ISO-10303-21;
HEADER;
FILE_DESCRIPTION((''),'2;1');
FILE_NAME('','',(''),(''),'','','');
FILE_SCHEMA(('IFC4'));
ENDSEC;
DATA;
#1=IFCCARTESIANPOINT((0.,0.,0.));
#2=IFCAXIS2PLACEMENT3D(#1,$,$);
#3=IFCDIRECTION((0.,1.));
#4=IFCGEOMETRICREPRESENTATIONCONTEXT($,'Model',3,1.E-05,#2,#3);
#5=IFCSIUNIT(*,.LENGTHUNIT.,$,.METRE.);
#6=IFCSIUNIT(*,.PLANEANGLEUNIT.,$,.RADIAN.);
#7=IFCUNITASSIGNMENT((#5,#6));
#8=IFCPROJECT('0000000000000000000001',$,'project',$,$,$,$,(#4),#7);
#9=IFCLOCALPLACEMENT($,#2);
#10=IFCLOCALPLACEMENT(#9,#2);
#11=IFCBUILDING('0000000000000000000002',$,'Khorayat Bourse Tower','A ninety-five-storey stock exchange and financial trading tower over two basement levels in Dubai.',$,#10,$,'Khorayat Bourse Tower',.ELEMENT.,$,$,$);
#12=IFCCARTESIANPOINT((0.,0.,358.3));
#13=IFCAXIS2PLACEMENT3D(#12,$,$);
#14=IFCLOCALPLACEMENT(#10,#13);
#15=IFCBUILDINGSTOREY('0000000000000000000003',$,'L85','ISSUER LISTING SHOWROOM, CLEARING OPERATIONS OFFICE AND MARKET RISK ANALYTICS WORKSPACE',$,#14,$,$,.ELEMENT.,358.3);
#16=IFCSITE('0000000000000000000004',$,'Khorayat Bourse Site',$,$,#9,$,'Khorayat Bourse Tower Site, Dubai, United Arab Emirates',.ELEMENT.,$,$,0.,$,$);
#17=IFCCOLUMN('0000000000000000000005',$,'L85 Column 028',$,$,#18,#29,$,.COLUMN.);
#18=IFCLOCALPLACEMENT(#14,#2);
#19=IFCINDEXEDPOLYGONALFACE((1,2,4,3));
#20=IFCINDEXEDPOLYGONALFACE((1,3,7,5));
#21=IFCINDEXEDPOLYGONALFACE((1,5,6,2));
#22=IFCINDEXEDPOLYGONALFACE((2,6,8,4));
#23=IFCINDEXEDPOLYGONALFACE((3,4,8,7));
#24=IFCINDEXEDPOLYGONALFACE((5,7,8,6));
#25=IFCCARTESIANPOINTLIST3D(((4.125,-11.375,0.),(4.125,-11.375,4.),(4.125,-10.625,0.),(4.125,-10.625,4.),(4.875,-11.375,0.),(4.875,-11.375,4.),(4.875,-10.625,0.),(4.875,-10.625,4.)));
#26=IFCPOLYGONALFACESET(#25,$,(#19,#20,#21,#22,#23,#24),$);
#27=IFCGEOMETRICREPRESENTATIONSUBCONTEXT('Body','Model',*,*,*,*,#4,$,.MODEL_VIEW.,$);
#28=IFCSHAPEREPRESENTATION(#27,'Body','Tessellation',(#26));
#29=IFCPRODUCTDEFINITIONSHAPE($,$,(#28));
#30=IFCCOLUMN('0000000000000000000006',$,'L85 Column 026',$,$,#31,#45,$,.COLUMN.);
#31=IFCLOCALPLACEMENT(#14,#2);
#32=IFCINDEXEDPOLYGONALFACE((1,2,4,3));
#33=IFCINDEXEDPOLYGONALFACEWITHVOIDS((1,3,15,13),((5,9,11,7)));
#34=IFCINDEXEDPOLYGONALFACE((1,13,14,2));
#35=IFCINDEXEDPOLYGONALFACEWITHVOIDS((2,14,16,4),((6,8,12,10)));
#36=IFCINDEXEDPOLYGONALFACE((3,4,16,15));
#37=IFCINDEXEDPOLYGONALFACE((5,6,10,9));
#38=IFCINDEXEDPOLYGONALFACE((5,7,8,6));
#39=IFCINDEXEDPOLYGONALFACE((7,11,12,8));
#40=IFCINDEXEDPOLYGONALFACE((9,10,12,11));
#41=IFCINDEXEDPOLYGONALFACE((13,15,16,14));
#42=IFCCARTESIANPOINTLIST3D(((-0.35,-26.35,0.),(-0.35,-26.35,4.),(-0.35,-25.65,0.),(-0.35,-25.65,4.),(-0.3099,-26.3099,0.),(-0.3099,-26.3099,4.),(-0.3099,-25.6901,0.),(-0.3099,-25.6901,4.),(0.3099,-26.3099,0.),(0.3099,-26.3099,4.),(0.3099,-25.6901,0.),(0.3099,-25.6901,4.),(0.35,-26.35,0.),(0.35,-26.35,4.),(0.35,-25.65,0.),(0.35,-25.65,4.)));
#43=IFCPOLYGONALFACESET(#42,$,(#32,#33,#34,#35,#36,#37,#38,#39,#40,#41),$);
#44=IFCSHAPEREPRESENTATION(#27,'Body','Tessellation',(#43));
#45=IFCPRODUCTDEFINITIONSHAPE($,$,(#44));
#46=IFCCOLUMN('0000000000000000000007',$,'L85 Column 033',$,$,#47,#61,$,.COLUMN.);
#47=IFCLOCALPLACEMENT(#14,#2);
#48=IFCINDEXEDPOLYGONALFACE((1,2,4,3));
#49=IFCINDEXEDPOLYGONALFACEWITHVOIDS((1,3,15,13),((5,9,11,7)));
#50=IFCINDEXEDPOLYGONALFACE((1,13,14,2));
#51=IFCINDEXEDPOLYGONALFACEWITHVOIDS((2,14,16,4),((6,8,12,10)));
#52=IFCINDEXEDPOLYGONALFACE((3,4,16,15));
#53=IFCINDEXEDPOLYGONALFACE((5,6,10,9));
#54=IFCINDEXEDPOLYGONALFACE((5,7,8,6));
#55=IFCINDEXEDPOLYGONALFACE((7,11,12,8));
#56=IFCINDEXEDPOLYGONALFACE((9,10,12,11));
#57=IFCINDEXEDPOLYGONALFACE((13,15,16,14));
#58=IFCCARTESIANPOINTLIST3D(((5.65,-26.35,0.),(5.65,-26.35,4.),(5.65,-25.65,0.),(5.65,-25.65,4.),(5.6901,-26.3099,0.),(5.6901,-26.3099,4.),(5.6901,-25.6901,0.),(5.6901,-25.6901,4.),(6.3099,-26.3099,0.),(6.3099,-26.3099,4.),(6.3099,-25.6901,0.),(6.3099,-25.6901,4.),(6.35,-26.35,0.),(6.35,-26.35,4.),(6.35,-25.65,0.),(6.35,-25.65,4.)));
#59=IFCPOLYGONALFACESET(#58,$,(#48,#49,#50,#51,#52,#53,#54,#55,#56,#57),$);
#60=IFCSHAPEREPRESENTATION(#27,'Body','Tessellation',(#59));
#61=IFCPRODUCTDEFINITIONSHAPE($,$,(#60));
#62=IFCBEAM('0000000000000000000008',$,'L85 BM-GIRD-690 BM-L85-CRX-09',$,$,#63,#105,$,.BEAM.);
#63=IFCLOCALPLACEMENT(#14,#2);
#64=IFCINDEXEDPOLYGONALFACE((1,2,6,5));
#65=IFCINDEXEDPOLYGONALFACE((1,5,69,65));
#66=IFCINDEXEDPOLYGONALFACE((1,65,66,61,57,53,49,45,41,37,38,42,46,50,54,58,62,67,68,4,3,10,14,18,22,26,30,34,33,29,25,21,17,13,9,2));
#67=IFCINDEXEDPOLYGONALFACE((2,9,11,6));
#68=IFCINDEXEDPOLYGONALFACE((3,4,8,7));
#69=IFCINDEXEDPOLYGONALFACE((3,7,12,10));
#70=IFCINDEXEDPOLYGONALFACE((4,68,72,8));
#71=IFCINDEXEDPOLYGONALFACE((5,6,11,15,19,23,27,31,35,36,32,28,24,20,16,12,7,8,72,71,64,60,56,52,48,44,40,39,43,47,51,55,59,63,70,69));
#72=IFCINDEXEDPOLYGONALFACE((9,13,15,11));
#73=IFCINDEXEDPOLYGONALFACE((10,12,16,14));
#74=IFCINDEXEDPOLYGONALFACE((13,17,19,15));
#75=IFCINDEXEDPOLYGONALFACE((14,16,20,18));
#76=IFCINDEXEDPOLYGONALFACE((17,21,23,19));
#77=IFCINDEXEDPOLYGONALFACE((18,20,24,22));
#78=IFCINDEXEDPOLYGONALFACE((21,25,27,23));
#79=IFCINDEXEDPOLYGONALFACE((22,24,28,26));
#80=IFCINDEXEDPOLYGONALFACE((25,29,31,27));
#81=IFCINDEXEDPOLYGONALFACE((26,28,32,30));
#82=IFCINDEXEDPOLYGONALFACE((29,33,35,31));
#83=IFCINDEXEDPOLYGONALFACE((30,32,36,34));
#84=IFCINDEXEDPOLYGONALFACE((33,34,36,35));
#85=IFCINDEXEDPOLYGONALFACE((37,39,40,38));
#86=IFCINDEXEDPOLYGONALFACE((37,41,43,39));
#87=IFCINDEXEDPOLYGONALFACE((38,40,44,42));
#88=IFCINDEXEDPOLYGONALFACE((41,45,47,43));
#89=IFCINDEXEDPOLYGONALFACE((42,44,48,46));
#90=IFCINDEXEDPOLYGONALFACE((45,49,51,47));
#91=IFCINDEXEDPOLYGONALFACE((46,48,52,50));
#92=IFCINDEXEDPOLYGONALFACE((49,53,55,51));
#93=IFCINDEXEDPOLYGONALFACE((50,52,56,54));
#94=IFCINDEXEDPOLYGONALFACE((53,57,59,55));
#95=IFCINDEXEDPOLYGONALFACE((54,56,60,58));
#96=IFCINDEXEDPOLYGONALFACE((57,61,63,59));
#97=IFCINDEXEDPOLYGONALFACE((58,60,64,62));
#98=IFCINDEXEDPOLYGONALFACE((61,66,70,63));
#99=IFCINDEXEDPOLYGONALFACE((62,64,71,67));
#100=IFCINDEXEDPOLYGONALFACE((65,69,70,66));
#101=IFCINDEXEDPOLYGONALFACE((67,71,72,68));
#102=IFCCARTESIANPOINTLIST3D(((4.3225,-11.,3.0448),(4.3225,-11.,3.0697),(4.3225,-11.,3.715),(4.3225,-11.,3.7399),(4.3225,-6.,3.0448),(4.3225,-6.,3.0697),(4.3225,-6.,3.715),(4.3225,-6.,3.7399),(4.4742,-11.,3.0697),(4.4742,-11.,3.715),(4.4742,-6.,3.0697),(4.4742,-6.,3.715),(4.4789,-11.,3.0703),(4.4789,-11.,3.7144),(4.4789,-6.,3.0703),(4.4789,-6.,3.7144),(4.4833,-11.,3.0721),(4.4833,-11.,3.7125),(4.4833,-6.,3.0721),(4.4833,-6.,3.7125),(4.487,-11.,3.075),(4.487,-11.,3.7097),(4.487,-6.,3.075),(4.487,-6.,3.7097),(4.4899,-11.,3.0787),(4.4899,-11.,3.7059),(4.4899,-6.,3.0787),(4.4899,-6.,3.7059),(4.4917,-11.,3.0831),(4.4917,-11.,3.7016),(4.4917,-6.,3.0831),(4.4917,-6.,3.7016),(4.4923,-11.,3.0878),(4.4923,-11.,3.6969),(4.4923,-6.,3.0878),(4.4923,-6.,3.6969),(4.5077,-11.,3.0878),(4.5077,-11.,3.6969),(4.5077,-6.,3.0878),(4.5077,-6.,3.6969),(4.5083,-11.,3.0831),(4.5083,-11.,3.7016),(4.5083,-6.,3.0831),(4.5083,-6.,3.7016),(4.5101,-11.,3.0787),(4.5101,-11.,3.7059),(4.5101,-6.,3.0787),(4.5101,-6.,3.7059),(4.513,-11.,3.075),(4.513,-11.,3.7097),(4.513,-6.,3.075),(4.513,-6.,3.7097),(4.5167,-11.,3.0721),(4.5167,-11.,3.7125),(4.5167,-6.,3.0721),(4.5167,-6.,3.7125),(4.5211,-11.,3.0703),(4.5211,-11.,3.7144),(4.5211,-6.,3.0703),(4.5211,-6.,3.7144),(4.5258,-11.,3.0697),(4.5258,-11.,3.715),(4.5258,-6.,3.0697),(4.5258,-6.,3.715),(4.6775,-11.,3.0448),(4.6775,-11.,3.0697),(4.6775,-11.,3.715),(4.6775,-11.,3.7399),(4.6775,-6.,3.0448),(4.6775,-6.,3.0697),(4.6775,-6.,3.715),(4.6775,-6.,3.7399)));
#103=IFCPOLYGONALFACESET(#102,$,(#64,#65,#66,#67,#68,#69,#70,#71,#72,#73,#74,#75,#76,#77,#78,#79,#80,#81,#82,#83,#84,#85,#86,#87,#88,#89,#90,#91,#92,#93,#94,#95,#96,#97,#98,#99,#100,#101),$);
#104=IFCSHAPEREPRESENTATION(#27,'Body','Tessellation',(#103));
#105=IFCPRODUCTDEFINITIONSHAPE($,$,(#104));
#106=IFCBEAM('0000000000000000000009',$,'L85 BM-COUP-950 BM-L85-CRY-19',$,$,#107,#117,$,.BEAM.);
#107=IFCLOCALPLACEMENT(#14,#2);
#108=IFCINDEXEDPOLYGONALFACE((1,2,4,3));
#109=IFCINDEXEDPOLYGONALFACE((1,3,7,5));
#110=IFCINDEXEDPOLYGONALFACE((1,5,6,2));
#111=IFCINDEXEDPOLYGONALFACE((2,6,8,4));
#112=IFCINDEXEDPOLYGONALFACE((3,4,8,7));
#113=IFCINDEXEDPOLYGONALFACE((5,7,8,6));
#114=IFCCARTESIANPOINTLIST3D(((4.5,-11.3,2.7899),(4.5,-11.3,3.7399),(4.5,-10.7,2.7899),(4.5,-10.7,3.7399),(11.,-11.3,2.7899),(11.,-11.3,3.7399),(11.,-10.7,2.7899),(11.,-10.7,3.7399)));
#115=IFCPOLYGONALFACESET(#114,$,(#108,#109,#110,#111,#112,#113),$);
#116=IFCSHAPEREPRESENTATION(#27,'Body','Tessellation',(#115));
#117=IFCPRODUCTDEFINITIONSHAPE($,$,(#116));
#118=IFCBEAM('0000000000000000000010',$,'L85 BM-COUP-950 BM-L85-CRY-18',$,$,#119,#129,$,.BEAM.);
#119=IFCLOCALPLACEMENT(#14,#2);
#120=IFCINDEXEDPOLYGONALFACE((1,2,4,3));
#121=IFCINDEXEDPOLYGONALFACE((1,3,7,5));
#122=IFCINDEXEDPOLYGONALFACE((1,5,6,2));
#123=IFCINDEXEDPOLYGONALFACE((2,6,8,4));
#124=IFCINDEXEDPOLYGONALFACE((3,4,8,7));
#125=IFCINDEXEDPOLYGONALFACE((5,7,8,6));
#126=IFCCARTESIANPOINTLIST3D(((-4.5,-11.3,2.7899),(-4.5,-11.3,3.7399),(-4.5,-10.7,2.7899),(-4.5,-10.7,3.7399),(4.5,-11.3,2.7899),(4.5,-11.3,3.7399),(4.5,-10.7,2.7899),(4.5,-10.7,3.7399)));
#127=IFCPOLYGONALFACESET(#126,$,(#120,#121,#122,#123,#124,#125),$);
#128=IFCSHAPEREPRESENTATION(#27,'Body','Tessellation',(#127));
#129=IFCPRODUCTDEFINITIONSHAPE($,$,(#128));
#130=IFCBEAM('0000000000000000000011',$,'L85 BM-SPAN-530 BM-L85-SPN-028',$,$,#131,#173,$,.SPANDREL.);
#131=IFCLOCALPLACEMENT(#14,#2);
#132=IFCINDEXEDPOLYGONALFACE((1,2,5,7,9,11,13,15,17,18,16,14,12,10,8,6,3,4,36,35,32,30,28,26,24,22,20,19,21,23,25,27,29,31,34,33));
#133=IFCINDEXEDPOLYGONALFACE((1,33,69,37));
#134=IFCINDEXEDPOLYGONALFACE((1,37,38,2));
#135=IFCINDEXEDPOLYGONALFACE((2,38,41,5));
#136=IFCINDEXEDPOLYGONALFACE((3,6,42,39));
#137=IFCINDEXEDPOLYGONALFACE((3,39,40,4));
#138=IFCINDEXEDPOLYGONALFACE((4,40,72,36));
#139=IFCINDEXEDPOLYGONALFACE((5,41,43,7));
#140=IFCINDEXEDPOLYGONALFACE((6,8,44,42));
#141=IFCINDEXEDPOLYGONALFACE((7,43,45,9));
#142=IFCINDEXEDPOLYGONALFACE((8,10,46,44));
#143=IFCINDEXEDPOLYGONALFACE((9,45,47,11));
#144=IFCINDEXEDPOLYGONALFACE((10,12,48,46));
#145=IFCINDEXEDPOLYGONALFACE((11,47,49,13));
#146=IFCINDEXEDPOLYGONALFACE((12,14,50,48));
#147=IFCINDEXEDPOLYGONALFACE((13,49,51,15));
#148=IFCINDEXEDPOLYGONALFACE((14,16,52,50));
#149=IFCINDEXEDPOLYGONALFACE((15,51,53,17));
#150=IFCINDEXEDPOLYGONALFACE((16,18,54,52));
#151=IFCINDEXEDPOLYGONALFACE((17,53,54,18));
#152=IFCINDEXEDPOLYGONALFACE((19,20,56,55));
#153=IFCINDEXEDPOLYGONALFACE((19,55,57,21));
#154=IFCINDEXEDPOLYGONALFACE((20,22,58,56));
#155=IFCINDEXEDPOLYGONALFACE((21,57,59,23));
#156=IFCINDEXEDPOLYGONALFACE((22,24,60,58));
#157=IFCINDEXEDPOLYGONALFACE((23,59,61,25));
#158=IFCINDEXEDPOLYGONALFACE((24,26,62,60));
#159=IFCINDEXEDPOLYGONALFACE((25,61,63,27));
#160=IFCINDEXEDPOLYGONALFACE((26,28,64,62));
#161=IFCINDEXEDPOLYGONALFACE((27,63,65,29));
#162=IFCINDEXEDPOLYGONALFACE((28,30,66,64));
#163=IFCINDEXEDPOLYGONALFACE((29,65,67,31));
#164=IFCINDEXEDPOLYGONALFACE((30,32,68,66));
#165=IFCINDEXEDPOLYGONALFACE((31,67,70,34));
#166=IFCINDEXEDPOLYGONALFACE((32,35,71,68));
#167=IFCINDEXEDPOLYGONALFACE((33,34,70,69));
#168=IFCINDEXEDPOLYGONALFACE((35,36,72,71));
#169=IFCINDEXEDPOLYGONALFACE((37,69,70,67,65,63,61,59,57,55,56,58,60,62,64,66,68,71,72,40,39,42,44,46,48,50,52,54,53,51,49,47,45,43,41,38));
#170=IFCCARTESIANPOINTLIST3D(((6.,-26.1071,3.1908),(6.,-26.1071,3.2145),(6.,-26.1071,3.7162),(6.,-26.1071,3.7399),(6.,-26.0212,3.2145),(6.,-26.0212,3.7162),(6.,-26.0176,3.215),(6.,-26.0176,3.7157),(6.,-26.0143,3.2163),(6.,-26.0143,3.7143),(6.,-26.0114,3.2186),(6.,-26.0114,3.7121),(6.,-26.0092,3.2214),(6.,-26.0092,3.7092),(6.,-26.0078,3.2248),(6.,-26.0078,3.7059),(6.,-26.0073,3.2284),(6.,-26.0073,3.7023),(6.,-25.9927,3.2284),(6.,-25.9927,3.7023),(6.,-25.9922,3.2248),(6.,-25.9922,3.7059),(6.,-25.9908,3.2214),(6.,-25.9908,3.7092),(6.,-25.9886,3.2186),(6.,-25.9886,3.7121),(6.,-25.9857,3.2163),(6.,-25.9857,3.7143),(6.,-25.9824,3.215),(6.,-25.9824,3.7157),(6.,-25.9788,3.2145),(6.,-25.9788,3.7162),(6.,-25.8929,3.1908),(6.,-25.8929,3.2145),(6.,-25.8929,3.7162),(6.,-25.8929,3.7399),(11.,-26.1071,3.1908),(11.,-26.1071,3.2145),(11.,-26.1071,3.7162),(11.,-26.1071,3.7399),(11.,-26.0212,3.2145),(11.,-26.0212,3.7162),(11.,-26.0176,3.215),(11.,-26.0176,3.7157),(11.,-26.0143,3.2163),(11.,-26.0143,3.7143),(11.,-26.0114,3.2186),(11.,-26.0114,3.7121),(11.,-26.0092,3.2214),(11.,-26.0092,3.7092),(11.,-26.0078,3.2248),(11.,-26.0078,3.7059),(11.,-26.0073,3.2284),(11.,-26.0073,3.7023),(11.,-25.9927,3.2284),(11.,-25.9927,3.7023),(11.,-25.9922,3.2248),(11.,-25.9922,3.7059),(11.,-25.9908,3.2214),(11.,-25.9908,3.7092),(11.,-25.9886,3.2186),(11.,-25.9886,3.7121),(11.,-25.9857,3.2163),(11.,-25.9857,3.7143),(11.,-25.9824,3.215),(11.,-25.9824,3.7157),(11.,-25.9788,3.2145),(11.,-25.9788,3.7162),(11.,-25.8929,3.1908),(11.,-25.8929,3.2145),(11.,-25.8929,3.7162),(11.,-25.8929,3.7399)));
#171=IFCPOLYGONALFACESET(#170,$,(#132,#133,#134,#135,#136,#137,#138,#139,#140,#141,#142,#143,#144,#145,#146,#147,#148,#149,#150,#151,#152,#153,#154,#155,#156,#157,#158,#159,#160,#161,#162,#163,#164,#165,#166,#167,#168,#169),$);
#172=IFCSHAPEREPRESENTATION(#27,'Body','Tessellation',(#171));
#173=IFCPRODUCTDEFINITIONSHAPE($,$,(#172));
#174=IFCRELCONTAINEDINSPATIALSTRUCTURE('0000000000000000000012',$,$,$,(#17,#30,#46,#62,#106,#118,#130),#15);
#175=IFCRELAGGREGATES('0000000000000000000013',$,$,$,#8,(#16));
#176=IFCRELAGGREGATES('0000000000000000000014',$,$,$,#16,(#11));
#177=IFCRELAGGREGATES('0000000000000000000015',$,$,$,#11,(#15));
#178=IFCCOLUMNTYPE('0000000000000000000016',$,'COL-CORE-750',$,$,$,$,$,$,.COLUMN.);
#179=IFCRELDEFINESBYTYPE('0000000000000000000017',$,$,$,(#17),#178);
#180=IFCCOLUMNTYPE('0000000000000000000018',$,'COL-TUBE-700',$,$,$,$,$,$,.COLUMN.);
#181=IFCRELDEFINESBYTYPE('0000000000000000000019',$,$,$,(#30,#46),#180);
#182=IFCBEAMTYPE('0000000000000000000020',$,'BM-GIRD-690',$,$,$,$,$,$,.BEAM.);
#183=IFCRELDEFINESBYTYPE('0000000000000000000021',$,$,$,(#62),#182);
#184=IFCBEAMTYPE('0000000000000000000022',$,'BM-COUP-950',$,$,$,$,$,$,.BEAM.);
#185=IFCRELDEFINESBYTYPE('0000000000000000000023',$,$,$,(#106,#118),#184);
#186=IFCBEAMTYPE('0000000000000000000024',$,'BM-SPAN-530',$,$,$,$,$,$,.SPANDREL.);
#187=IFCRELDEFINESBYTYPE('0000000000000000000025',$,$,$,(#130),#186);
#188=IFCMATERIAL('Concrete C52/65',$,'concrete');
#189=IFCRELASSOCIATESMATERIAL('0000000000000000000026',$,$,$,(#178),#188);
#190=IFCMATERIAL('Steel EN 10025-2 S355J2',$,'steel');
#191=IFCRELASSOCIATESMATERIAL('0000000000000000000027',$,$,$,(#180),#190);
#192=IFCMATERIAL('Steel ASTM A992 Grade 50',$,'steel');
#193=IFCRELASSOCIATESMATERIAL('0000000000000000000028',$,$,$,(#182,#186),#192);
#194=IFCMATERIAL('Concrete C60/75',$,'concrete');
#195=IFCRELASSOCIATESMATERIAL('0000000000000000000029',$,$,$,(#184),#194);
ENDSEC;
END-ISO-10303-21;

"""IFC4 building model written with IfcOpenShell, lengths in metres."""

from ifc_helpers import new_model, si_unit, direction, frame, origin, origin_2d, place, context, subcontext, project, spatial, rectangle, hollow_rectangle, i_section, extrude, source, transform, mapped, material, material_profile, profile_set, type_object, element, save


model = new_model("IFC4")

# Units and contexts
model_context = context("Model", 3, precision=1e-05, world=origin(), true_north=direction((0.0, 1.0)))
body_context = subcontext(model_context, "Body", "Model", "MODEL_VIEW")
ifc_project = project(units=[si_unit("LENGTHUNIT", "METRE"), si_unit("PLANEANGLEUNIT", "RADIAN")], contexts=[model_context])

# Site, building, storey
site_placement = place(None, origin())
site = spatial("IfcSite", under=ifc_project, at=site_placement, Name="Khorayat Bourse Site", LongName="Khorayat Bourse Tower Site, Dubai, United Arab Emirates", CompositionType="ELEMENT", RefElevation=0.0)
building_placement = place(site_placement, origin())
building = spatial("IfcBuilding", under=site, at=building_placement, Name="Khorayat Bourse Tower", Description="A ninety-five-storey stock exchange and financial trading tower over two basement levels in Dubai.", LongName="Khorayat Bourse Tower", CompositionType="ELEMENT")
storey_placement = place(building_placement, frame((0.0, 0.0, 358.3)))
storey = spatial("IfcBuildingStorey", under=building, at=storey_placement, Name="L85", Description="ISSUER LISTING SHOWROOM, CLEARING OPERATIONS OFFICE AND MARKET RISK ANALYTICS WORKSPACE", CompositionType="ELEMENT", Elevation=358.3)

# Columns
ifc_material_1 = material(Name="Concrete C52/65", Category="concrete")
ifc_material_profile_1 = material_profile(ifc_material_1, rectangle(XDim=0.75, YDim=0.75, at=origin_2d()), Name="RC 750x750")
ifc_profile_set_1 = profile_set([ifc_material_profile_1], Name="Concrete C52/65")
column_type_1 = type_object("IfcColumnType", Name="COL-CORE-750", PredefinedType="COLUMN", material=ifc_profile_set_1)
shared_shape_1 = source(origin(), body_context, "Body", "SweptSolid", [
    extrude(rectangle(XDim=0.75, YDim=0.75, at=origin_2d()), origin(), (0.0, 0.0, 1.0), 4.0),
])
column_placement = place(storey_placement, frame((4.5, -11.0, 0.0), z_axis=(0.0, 0.0, 1.0), x_axis=(1.0, 0.0, 0.0)))
element("IfcColumn", 1, at=column_placement, inside=storey, type_object=column_type_1, Name="L85 Column 028", PredefinedType="COLUMN", context=body_context, shape_type="MappedRepresentation", body=[
    mapped(shared_shape_1, transform((0.0, 0.0, 0.0), scale=1.0)),
])
ifc_material_2 = material(Name="Steel EN 10025-2 S355J2", Category="steel")
ifc_material_profile_2 = material_profile(ifc_material_2, hollow_rectangle(XDim=0.7, YDim=0.7, WallThickness=0.04, at=origin_2d()), Name="BOX 700x700x40")
ifc_profile_set_2 = profile_set([ifc_material_profile_2], Name="Steel EN 10025-2 S355J2")
column_type_2 = type_object("IfcColumnType", Name="COL-TUBE-700", PredefinedType="COLUMN", material=ifc_profile_set_2)
shared_shape_2 = source(origin(), body_context, "Body", "SweptSolid", [
    extrude(hollow_rectangle(XDim=0.7, YDim=0.7, WallThickness=0.04, at=origin_2d()), origin(), (0.0, 0.0, 1.0), 4.0),
])
for number, where, z_axis, x_axis, name in (
    (2, (0.0, -26.0, 0.0), (0.0, 0.0, 1.0), (1.0, 0.0, 0.0), "L85 Column 026"),
    (3, (6.0, -26.0, 0.0), (0.0, 0.0, 1.0), (1.0, 0.0, 0.0), "L85 Column 033"),
):
    element("IfcColumn", number, at=place(storey_placement, frame(where, z_axis=z_axis, x_axis=x_axis)), inside=storey, type_object=column_type_2, Name=name, PredefinedType="COLUMN", context=body_context, shape_type="MappedRepresentation", body=[
        mapped(shared_shape_2, transform((0.0, 0.0, 0.0), scale=1.0)),
    ])

# Beams
ifc_material_3 = material(Name="Steel ASTM A992 Grade 50", Category="steel")
ifc_material_profile_3 = material_profile(ifc_material_3, i_section(OverallWidth=0.355, OverallDepth=0.6951, WebThickness=0.0154, FlangeThickness=0.0249, FilletRadius=0.0181, at=origin_2d()), Name="W690X217")
ifc_profile_set_3 = profile_set([ifc_material_profile_3], Name="Steel ASTM A992 Grade 50")
beam_type_1 = type_object("IfcBeamType", Name="BM-GIRD-690", PredefinedType="BEAM", material=ifc_profile_set_3)
shared_shape_3 = source(origin(), body_context, "Body", "SweptSolid", [
    extrude(i_section(OverallWidth=0.355, OverallDepth=0.6951, WebThickness=0.0154, FlangeThickness=0.0249, FilletRadius=0.0181, at=origin_2d()), origin(), (0.0, 0.0, 1.0), 5.0),
])
beam_1_placement = place(storey_placement, frame((4.5, -11.0, 3.3923), z_axis=(0.0, 1.0, 0.0), x_axis=(-1.0, 0.0, 0.0)))
element("IfcBeam", 4, at=beam_1_placement, inside=storey, type_object=beam_type_1, Name="L85 BM-GIRD-690 BM-L85-CRX-09", PredefinedType="BEAM", context=body_context, shape_type="MappedRepresentation", body=[
    mapped(shared_shape_3, transform((0.0, 0.0, 0.0), scale=1.0)),
])
ifc_material_4 = material(Name="Concrete C60/75", Category="concrete")
ifc_material_profile_4 = material_profile(ifc_material_4, rectangle(XDim=0.6001, YDim=0.95, at=origin_2d()), Name="RC 600x950")
ifc_profile_set_4 = profile_set([ifc_material_profile_4], Name="Concrete C60/75")
beam_type_2 = type_object("IfcBeamType", Name="BM-COUP-950", PredefinedType="BEAM", material=ifc_profile_set_4)
shared_shape_4 = source(origin(), body_context, "Body", "SweptSolid", [
    extrude(rectangle(XDim=0.6001, YDim=0.95, at=origin_2d()), origin(), (0.0, 0.0, 1.0), 6.5),
])
beam_2_placement = place(storey_placement, frame((4.5, -11.0, 3.2649), z_axis=(1.0, 0.0, 0.0), x_axis=(0.0, 1.0, 0.0)))
element("IfcBeam", 5, at=beam_2_placement, inside=storey, type_object=beam_type_2, Name="L85 BM-COUP-950 BM-L85-CRY-19", PredefinedType="BEAM", context=body_context, shape_type="MappedRepresentation", body=[
    mapped(shared_shape_4, transform((0.0, 0.0, 0.0), scale=1.0)),
])
shared_shape_5 = source(origin(), body_context, "Body", "SweptSolid", [
    extrude(rectangle(XDim=0.6001, YDim=0.95, at=origin_2d()), origin(), (0.0, 0.0, 1.0), 9.0),
])
beam_3_placement = place(storey_placement, frame((-4.5, -11.0, 3.2649), z_axis=(1.0, 0.0, 0.0), x_axis=(0.0, 1.0, 0.0)))
element("IfcBeam", 6, at=beam_3_placement, inside=storey, type_object=beam_type_2, Name="L85 BM-COUP-950 BM-L85-CRY-18", PredefinedType="BEAM", context=body_context, shape_type="MappedRepresentation", body=[
    mapped(shared_shape_5, transform((0.0, 0.0, 0.0), scale=1.0)),
])
ifc_material_profile_5 = material_profile(ifc_material_3, i_section(OverallWidth=0.2141, OverallDepth=0.5491, WebThickness=0.0146, FlangeThickness=0.0237, FilletRadius=0.0139, at=origin_2d()), Name="W530X138")
ifc_profile_set_5 = profile_set([ifc_material_profile_5], Name="Steel ASTM A992 Grade 50")
beam_type_3 = type_object("IfcBeamType", Name="BM-SPAN-530", PredefinedType="SPANDREL", material=ifc_profile_set_5)
shared_shape_6 = source(origin(), body_context, "Body", "SweptSolid", [
    extrude(i_section(OverallWidth=0.2141, OverallDepth=0.5491, WebThickness=0.0146, FlangeThickness=0.0237, FilletRadius=0.0139, at=origin_2d()), origin(), (0.0, 0.0, 1.0), 5.0),
])
beam_4_placement = place(storey_placement, frame((6.0, -26.0, 3.4653), z_axis=(1.0, 0.0, 0.0), x_axis=(0.0, 1.0, 0.0)))
element("IfcBeam", 7, at=beam_4_placement, inside=storey, type_object=beam_type_3, Name="L85 BM-SPAN-530 BM-L85-SPN-028", PredefinedType="SPANDREL", context=body_context, shape_type="MappedRepresentation", body=[
    mapped(shared_shape_6, transform((0.0, 0.0, 0.0), scale=1.0)),
])

save(model, "model.ifc")
